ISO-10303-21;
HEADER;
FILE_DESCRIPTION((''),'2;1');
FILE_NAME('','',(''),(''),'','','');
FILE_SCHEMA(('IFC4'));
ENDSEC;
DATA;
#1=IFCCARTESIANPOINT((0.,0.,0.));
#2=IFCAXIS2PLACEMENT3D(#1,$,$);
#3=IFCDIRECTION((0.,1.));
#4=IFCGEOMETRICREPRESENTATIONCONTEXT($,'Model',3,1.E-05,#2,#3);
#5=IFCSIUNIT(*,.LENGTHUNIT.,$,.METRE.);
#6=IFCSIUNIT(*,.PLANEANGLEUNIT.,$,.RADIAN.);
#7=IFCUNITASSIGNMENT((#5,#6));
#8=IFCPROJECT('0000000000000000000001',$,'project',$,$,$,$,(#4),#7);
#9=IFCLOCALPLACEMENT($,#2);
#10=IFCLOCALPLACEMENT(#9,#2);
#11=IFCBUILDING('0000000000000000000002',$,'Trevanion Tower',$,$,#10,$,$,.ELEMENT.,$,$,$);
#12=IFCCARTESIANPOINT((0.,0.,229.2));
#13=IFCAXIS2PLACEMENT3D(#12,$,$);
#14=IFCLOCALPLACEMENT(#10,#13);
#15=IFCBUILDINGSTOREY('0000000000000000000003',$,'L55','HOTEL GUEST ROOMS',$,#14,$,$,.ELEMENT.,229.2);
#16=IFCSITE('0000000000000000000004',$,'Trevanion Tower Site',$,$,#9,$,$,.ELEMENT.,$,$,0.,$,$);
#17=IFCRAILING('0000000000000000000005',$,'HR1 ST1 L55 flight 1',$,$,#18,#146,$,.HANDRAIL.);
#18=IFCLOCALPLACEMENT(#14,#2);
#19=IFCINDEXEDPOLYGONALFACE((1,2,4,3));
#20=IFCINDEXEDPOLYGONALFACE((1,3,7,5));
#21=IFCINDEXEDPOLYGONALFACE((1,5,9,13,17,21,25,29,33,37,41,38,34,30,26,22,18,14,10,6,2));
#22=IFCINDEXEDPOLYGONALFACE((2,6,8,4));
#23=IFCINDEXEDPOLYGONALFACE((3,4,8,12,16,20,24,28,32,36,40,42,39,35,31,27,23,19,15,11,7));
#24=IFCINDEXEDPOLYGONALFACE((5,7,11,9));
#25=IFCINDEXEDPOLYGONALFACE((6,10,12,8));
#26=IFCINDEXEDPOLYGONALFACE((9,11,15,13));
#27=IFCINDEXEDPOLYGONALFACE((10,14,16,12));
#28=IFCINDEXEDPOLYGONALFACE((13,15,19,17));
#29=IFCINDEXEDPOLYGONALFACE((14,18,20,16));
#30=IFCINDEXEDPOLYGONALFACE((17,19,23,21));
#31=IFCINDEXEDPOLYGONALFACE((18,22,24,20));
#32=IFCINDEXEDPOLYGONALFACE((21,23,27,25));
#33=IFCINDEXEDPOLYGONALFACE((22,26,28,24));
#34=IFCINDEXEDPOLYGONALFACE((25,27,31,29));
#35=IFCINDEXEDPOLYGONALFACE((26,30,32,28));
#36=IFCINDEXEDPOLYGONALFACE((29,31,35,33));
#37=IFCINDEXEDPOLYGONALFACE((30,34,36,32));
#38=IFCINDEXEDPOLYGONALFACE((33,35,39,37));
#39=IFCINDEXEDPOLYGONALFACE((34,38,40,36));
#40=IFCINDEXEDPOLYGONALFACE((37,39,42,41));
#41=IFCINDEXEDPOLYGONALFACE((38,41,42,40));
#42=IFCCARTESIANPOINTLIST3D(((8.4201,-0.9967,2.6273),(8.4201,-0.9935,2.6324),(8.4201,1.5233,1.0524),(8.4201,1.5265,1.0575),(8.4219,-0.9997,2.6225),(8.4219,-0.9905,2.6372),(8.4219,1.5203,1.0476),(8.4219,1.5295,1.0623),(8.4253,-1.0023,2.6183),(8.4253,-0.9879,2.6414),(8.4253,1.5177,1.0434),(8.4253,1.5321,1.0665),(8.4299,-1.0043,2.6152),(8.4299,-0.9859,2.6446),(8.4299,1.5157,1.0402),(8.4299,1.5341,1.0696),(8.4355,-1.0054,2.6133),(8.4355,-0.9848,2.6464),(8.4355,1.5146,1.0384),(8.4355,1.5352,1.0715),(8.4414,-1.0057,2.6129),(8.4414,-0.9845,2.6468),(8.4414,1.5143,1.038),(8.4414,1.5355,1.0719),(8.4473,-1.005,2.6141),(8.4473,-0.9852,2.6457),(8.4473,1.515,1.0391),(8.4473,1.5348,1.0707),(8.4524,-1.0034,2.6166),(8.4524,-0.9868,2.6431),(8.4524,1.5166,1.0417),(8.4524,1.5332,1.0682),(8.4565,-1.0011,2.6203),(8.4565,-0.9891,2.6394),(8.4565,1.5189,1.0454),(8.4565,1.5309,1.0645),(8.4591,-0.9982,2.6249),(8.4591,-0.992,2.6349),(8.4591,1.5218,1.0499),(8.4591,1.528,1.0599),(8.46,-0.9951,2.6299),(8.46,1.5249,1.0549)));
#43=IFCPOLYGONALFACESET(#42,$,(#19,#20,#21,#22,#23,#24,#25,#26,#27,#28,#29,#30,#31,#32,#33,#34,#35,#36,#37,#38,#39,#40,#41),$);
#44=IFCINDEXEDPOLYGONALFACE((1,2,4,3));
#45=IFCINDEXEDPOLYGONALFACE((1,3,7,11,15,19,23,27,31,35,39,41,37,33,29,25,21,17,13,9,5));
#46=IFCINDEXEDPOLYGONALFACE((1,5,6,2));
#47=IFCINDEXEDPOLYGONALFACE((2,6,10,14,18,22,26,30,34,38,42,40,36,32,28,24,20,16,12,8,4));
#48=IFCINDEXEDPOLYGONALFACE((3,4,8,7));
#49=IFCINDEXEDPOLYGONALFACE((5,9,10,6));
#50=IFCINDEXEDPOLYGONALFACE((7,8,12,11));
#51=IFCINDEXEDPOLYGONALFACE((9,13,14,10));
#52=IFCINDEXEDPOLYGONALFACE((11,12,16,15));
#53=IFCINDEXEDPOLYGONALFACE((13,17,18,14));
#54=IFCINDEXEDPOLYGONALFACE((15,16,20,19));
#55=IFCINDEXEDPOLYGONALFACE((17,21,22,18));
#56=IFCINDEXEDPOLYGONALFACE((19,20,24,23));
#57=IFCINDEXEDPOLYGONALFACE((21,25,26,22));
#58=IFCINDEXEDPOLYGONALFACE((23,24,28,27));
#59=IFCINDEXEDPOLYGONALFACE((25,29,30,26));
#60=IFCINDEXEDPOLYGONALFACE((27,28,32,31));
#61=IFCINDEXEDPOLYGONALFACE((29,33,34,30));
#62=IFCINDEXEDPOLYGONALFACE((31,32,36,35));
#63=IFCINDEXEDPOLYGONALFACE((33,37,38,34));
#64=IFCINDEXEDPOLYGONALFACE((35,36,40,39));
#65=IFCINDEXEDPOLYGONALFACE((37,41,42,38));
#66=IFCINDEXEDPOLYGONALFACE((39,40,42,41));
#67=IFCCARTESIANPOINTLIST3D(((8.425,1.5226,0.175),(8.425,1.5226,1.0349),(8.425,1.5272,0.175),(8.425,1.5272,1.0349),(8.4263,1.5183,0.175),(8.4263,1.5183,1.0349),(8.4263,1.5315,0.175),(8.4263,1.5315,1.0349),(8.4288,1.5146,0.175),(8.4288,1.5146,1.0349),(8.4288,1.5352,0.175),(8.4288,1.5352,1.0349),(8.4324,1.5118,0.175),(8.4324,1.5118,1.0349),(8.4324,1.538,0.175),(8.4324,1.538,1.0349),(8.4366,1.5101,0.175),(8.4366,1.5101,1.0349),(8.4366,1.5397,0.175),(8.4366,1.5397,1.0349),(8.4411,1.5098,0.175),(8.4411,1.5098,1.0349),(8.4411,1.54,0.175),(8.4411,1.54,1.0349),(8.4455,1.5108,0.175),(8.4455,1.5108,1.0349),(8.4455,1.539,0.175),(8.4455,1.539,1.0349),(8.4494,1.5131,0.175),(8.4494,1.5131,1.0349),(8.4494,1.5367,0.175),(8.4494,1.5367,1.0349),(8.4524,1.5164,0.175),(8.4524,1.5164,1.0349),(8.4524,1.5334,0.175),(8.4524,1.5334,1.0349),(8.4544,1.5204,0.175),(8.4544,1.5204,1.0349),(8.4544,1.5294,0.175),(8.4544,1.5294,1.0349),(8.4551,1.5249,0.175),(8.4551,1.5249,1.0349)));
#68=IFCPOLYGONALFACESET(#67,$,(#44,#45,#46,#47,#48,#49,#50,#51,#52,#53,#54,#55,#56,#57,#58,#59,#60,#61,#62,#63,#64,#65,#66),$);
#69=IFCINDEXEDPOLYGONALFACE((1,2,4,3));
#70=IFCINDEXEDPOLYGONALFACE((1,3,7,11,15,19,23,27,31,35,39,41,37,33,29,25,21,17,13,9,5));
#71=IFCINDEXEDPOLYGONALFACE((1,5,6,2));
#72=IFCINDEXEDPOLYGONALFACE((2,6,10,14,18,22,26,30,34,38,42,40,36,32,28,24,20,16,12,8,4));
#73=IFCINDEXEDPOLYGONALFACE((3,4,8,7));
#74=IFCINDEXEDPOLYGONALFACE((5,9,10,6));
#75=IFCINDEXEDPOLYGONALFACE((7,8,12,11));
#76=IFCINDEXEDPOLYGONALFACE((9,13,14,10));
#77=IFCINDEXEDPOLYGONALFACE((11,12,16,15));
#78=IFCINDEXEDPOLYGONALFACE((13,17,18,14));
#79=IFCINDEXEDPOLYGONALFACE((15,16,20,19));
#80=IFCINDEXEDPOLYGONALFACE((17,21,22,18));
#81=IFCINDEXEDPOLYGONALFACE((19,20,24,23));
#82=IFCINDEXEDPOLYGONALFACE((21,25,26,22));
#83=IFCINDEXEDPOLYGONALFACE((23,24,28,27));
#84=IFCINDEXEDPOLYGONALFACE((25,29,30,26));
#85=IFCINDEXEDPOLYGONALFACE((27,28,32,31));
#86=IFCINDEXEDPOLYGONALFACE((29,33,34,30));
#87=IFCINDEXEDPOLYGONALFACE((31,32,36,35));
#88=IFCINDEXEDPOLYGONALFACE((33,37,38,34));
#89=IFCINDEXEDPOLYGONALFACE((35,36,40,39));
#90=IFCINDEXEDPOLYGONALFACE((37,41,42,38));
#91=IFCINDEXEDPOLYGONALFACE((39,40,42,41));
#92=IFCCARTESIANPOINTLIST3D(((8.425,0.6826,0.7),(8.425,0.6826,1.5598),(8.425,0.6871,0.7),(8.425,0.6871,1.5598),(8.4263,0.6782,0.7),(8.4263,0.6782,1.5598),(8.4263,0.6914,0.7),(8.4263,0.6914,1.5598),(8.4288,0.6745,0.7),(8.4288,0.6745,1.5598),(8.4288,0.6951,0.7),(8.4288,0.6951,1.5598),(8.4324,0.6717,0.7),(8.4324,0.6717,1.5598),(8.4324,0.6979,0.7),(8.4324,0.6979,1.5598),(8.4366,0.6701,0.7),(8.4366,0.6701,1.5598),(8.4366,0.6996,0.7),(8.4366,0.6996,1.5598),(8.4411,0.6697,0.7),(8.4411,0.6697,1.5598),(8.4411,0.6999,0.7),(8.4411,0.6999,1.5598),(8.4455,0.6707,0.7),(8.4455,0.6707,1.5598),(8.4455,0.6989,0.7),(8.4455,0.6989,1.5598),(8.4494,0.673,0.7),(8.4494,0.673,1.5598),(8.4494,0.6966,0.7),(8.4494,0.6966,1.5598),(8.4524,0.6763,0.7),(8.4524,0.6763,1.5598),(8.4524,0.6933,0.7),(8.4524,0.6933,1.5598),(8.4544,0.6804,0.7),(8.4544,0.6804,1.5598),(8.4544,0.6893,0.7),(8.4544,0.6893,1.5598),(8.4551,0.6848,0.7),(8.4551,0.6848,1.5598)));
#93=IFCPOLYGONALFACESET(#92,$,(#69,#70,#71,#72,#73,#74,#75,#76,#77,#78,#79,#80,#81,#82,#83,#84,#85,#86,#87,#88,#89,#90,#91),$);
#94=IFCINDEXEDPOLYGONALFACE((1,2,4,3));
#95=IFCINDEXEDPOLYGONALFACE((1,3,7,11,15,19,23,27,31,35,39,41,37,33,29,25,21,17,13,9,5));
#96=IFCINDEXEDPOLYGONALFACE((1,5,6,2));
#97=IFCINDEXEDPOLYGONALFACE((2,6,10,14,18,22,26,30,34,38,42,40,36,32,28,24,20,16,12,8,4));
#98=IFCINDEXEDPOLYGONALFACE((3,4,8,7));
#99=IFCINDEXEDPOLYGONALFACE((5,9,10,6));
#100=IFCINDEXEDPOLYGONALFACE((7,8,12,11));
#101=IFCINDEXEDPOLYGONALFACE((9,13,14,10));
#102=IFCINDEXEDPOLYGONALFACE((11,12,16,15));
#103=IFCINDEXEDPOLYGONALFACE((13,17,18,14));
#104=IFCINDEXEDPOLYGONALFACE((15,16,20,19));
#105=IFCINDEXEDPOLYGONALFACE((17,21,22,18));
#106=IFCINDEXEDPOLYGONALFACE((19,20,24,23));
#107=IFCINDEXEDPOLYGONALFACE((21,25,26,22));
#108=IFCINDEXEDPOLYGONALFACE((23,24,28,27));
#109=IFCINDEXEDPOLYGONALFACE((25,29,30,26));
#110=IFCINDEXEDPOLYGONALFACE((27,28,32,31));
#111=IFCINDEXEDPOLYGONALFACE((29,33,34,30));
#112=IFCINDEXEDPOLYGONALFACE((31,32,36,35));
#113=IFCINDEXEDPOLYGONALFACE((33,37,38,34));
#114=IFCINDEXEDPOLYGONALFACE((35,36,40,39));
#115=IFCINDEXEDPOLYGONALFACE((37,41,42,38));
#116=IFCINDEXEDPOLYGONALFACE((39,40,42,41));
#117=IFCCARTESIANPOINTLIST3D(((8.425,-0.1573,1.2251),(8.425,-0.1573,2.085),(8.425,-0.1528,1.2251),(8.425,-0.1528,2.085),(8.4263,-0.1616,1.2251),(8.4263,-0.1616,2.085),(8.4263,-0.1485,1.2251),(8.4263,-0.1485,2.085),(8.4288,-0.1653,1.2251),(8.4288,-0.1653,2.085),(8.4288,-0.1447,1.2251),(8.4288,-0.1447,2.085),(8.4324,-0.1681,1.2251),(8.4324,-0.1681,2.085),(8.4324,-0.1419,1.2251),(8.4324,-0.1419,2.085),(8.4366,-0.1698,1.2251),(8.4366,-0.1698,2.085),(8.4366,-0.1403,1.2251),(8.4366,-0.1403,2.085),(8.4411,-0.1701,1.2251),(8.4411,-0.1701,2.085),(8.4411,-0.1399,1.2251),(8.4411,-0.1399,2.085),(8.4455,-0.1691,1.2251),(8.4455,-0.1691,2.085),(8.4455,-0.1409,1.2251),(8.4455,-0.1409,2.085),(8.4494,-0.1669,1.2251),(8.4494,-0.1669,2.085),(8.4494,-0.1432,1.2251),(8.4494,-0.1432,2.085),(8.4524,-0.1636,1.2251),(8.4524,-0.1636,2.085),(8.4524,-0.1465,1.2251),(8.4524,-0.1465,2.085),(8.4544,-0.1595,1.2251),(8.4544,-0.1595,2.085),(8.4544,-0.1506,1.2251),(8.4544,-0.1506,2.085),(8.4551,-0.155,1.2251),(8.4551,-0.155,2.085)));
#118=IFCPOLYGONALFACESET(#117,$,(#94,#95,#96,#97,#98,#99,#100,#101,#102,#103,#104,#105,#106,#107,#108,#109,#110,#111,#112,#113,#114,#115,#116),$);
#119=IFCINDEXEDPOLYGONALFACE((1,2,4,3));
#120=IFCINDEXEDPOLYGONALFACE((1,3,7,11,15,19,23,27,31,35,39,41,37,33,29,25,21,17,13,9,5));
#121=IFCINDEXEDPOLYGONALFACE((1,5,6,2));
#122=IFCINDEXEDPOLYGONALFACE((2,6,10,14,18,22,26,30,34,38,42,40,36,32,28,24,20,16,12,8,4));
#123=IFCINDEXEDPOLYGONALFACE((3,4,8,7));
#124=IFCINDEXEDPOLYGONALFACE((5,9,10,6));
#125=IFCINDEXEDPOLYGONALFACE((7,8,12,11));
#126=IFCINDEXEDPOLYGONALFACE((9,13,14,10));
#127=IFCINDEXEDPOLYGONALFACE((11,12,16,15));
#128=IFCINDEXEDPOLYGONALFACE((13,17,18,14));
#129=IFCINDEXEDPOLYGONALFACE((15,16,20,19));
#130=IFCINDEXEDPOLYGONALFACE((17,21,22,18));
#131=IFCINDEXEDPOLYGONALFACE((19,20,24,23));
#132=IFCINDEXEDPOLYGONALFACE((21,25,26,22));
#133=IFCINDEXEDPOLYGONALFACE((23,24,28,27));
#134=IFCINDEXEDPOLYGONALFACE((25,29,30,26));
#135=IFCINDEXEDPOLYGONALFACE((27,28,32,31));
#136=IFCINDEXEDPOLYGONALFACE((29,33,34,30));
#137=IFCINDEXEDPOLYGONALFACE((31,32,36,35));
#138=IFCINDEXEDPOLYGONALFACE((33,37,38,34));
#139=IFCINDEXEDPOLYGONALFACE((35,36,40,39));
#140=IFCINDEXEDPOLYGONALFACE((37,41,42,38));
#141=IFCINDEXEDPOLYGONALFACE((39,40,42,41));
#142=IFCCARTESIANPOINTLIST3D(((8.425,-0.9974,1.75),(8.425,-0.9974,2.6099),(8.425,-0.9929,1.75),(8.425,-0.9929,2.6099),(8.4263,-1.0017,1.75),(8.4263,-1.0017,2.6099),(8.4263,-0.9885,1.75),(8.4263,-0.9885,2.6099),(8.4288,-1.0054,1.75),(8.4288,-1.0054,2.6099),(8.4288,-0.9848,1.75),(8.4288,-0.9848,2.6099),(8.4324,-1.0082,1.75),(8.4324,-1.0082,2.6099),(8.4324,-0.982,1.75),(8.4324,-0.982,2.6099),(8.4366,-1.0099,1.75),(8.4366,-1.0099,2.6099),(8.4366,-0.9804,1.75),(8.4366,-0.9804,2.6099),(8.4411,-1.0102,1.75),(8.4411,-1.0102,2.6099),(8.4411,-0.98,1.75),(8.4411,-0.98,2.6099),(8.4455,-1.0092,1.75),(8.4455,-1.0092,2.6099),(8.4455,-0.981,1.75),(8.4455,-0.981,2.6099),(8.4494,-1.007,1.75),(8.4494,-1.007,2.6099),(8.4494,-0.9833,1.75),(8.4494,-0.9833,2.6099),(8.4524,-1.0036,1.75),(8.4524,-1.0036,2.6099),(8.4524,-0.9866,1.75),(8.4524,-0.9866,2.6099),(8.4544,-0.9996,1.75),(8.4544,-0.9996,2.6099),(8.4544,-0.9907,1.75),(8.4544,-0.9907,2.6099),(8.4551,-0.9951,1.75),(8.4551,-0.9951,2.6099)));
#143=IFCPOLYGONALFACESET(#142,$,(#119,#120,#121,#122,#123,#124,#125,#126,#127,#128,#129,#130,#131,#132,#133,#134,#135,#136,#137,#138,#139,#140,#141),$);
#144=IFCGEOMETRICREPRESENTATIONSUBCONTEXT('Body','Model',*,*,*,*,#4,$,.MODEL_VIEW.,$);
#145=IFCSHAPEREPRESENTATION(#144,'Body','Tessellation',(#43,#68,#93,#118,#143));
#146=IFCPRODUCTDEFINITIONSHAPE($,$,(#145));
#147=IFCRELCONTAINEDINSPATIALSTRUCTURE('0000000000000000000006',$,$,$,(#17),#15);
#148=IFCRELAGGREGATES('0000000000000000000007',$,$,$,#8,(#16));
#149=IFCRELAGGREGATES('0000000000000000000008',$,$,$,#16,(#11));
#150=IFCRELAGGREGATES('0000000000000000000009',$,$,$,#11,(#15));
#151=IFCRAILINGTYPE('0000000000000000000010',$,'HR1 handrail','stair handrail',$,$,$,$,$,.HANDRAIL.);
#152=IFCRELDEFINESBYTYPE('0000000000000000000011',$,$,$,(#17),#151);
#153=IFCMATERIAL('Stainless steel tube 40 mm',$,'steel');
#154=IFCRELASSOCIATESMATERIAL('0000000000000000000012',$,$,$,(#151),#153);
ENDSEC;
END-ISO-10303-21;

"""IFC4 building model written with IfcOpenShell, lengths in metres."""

from ifc_helpers import new_model, si_unit, direction, frame, origin, origin_2d, place, context, subcontext, project, spatial, circle, extrude, material, type_object, element, save


model = new_model("IFC4")

# Units and contexts
model_context = context("Model", 3, precision=1e-05, world=origin(), true_north=direction((0.0, 1.0)))
body_context = subcontext(model_context, "Body", "Model", "MODEL_VIEW")
ifc_project = project(units=[si_unit("LENGTHUNIT", "METRE"), si_unit("PLANEANGLEUNIT", "RADIAN")], contexts=[model_context])

# Site, building, storey
site_placement = place(None, origin())
site = spatial("IfcSite", under=ifc_project, at=site_placement, Name="Trevanion Tower Site", CompositionType="ELEMENT", RefElevation=0.0)
building_placement = place(site_placement, origin())
building = spatial("IfcBuilding", under=site, at=building_placement, Name="Trevanion Tower", CompositionType="ELEMENT")
storey_placement = place(building_placement, frame((0.0, 0.0, 229.2)))
storey = spatial("IfcBuildingStorey", under=building, at=storey_placement, Name="L55", Description="HOTEL GUEST ROOMS", CompositionType="ELEMENT", Elevation=229.2)

# Railing
ifc_material_1 = material(Name="Stainless steel tube 40 mm", Category="steel")
railing_type = type_object("IfcRailingType", Name="HR1 handrail", Description="stair handrail", PredefinedType="HANDRAIL", material=ifc_material_1)
for number, where, name in (
    (1, (8.4399, 1.5249, 0.175), "HR1 ST1 L55 flight 1"),
):
    element("IfcRailing", number, at=place(storey_placement, frame(where)), inside=storey, type_object=railing_type, Name=name, PredefinedType="HANDRAIL", context=body_context, shape_type="SweptSolid", body=[
        extrude(circle(Radius=0.02, at=origin_2d()), frame((0.0, 0.0, 0.8799), z_axis=(0.0, -0.848008, 0.529984), x_axis=(1.0, 0.0, 0.0)), (0.0, 0.0, 1.0), 2.9717),
        extrude(circle(Radius=0.0151, at=origin_2d()), origin(), (0.0, 0.0, 1.0), 0.8599),
        extrude(circle(Radius=0.0151, at=origin_2d()), frame((0.0, -0.8401, 0.5249)), (0.0, 0.0, 1.0), 0.8599),
        extrude(circle(Radius=0.0151, at=origin_2d()), frame((0.0, -1.6799, 1.05)), (0.0, 0.0, 1.0), 0.8599),
        extrude(circle(Radius=0.0151, at=origin_2d()), frame((0.0, -2.52, 1.575)), (0.0, 0.0, 1.0), 0.8599),
    ])

save(model, "model.ifc")
